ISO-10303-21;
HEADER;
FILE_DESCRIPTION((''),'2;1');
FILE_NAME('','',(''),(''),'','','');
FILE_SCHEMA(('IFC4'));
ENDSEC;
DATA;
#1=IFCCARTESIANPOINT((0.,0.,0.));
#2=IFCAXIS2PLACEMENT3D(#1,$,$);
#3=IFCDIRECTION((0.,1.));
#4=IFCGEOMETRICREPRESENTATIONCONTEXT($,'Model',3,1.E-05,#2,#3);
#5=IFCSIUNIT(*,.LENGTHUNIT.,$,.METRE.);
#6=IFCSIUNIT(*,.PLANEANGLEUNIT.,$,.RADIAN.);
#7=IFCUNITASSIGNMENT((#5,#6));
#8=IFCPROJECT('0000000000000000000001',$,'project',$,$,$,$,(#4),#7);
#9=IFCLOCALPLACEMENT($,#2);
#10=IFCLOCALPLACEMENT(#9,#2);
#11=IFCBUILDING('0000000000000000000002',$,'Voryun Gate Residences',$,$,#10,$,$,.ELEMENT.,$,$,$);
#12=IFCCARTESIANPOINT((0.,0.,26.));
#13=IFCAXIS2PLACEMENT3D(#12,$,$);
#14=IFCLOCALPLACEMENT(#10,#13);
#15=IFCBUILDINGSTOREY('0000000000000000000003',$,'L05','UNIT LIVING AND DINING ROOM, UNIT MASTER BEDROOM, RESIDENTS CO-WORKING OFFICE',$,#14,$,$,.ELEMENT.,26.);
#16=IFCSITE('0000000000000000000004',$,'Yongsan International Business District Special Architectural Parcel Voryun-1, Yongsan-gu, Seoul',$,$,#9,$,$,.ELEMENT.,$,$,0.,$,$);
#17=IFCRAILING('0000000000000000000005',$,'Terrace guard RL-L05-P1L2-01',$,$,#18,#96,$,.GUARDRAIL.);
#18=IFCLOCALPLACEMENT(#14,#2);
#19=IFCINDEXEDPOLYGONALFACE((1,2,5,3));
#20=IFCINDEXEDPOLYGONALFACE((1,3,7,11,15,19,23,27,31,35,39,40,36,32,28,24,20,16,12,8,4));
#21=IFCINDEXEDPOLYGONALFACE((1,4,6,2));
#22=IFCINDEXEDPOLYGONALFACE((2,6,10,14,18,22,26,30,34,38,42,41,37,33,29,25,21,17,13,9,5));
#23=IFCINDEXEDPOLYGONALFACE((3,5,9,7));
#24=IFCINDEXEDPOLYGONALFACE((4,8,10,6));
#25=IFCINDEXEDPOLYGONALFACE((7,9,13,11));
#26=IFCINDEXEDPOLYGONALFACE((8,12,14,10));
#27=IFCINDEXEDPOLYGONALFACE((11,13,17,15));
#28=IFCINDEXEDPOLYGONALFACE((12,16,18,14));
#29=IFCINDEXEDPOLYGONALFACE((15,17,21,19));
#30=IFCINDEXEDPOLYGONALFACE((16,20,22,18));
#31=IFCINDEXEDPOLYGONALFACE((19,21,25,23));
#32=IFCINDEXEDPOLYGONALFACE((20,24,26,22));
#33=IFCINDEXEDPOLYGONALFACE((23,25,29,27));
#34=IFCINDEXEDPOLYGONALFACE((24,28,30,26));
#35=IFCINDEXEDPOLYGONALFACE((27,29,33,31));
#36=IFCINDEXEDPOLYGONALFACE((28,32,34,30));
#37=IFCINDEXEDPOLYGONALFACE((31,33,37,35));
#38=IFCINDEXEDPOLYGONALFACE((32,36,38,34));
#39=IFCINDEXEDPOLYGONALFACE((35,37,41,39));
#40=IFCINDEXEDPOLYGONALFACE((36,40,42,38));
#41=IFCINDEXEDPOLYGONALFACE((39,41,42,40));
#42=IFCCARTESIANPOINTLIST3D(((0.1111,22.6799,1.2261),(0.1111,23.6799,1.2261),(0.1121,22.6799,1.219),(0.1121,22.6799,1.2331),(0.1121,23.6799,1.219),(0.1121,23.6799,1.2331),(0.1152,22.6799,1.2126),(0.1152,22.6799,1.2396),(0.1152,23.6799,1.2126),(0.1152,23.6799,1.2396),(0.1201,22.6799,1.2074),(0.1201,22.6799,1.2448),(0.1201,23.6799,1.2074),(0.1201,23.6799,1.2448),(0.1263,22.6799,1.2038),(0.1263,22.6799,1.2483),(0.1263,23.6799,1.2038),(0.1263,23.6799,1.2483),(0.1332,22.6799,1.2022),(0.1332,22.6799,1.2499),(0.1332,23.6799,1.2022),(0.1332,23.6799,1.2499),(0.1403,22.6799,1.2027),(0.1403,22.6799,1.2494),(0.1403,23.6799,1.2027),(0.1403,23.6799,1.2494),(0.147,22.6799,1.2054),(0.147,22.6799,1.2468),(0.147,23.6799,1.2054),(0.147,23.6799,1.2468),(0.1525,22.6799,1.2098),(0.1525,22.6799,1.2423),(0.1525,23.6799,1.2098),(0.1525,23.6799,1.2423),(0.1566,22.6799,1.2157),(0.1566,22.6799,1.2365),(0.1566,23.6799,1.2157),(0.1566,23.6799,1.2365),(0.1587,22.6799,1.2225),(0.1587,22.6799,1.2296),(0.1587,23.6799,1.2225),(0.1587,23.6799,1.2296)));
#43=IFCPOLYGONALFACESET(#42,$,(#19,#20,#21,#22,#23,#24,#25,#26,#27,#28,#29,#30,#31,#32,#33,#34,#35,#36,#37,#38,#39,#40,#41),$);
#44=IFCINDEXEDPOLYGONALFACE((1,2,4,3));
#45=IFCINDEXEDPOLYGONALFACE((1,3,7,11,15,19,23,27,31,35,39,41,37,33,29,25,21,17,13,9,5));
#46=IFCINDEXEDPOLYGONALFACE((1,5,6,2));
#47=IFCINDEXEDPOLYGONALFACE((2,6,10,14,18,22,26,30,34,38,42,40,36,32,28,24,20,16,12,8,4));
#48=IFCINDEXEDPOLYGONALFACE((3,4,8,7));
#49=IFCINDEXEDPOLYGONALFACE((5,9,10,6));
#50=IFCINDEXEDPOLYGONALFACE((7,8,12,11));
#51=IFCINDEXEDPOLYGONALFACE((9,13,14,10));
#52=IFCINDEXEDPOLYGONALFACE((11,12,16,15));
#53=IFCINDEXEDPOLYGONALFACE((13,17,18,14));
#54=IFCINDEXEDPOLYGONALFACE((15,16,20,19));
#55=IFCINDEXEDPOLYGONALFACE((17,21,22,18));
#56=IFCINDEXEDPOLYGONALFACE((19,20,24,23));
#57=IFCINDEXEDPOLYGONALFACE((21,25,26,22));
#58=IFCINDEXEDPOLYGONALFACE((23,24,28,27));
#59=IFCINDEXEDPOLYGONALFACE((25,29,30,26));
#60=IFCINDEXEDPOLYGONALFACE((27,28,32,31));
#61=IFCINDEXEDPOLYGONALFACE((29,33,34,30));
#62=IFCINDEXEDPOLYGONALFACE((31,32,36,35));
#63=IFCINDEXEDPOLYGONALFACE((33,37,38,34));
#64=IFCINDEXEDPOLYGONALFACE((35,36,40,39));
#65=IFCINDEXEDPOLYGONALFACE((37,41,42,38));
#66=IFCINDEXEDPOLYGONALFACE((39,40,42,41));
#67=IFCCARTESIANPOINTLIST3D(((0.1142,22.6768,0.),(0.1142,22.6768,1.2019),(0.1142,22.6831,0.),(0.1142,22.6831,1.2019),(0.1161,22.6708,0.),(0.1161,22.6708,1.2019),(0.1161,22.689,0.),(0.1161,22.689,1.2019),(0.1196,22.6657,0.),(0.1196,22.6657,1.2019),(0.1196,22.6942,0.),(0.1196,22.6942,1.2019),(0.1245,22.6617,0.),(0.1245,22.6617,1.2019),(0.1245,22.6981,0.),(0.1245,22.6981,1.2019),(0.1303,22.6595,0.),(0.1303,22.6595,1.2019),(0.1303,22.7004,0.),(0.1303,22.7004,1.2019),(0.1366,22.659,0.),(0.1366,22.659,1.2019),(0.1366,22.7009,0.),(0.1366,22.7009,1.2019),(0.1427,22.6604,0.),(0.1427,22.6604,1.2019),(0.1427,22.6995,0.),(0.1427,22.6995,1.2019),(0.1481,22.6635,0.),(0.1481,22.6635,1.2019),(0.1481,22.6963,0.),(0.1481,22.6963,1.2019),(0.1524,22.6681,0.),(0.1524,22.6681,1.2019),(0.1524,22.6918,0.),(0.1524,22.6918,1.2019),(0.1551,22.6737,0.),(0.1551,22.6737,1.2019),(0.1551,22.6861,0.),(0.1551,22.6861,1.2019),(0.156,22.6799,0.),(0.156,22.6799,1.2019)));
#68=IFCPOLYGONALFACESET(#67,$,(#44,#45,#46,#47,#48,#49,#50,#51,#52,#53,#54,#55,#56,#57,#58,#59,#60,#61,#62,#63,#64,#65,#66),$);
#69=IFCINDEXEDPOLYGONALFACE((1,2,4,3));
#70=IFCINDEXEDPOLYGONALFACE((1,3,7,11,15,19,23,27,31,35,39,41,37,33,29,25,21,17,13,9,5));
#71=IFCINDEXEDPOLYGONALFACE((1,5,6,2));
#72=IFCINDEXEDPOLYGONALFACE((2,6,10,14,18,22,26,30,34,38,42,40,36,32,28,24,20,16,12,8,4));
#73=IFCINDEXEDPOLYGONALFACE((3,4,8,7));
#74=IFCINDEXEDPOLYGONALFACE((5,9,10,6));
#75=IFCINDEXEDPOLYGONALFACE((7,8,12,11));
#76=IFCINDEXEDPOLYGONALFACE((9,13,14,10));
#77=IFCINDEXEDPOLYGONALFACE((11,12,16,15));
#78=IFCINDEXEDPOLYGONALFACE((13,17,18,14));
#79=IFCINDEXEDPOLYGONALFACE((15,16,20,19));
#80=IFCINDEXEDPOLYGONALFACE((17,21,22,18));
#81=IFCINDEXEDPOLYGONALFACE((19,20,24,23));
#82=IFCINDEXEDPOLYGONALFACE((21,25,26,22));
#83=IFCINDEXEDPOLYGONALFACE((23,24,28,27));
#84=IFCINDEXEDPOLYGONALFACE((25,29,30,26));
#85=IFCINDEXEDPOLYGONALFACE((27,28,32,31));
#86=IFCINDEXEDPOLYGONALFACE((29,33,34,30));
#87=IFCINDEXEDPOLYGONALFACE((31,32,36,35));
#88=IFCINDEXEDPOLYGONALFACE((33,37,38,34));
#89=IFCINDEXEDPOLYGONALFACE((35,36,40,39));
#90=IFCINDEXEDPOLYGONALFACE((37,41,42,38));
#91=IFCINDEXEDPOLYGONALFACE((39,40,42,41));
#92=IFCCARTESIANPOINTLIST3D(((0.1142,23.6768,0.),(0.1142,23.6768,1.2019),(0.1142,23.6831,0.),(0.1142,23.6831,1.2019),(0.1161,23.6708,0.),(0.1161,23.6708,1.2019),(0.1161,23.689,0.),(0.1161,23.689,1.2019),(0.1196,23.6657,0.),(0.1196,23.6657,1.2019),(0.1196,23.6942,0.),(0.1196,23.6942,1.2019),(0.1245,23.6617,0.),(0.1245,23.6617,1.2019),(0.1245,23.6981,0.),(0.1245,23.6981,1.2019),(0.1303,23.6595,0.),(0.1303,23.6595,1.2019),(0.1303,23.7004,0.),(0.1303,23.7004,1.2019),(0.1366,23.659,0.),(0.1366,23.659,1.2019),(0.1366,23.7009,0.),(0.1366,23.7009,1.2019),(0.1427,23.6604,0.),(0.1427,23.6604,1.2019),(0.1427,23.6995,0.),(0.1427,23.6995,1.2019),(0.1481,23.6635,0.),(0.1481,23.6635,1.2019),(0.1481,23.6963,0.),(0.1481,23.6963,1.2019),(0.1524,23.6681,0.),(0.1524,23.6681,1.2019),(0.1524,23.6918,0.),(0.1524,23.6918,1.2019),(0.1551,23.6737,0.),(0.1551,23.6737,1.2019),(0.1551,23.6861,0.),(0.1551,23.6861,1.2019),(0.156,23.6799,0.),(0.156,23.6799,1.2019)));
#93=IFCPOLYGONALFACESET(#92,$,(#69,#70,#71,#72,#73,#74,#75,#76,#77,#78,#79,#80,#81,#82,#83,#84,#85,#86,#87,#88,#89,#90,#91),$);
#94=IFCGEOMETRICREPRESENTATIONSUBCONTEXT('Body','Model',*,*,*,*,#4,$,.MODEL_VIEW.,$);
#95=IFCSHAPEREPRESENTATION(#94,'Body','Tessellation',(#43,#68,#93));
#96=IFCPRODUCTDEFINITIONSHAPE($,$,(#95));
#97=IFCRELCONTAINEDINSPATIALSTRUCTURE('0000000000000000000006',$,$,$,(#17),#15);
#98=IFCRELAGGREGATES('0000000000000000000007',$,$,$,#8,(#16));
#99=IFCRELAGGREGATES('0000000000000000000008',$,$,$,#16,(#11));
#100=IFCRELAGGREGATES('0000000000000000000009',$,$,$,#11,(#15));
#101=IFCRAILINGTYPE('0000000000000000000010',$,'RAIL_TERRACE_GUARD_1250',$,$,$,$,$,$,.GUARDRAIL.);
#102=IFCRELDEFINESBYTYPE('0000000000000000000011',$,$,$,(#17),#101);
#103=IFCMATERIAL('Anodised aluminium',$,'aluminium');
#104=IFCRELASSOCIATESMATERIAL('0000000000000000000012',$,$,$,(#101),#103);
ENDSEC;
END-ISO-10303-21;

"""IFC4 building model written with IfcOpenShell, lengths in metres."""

from ifc_helpers import new_model, si_unit, direction, frame, origin, origin_2d, place, context, subcontext, project, spatial, circle, extrude, material, type_object, element, save


model = new_model("IFC4")

# Units and contexts
model_context = context("Model", 3, precision=1e-05, world=origin(), true_north=direction((0.0, 1.0)))
body_context = subcontext(model_context, "Body", "Model", "MODEL_VIEW")
ifc_project = project(units=[si_unit("LENGTHUNIT", "METRE"), si_unit("PLANEANGLEUNIT", "RADIAN")], contexts=[model_context])

# Site, building, storey
site_placement = place(None, origin())
site = spatial("IfcSite", under=ifc_project, at=site_placement, Name="Yongsan International Business District Special Architectural Parcel Voryun-1, Yongsan-gu, Seoul", CompositionType="ELEMENT", RefElevation=0.0)
building_placement = place(site_placement, origin())
building = spatial("IfcBuilding", under=site, at=building_placement, Name="Voryun Gate Residences", CompositionType="ELEMENT")
storey_placement = place(building_placement, frame((0.0, 0.0, 26.0)))
storey = spatial("IfcBuildingStorey", under=building, at=storey_placement, Name="L05", Description="UNIT LIVING AND DINING ROOM, UNIT MASTER BEDROOM, RESIDENTS CO-WORKING OFFICE", CompositionType="ELEMENT", Elevation=26.0)

# Railing
ifc_material_1 = material(Name="Anodised aluminium", Category="aluminium")
railing_type = type_object("IfcRailingType", Name="RAIL_TERRACE_GUARD_1250", PredefinedType="GUARDRAIL", material=ifc_material_1)
railing_1_placement = place(storey_placement, frame((0.135, 22.6799, 0.0)))
element("IfcRailing", 1, at=railing_1_placement, inside=storey, type_object=railing_type, Name="Terrace guard RL-L05-P1L2-01", PredefinedType="GUARDRAIL", context=body_context, shape_type="SweptSolid", body=[
    extrude(circle(Radius=0.0239, at=origin_2d()), frame((0.0, 0.0, 1.2261), z_axis=(0.0, 1.0, 0.0), x_axis=(-1.0, 0.0, 0.0)), (0.0, 0.0, 1.0), 1.0),
    extrude(circle(Radius=0.021, at=origin_2d()), origin(), (0.0, 0.0, 1.0), 1.2019),
    extrude(circle(Radius=0.021, at=origin_2d()), frame((0.0, 1.0, 0.0)), (0.0, 0.0, 1.0), 1.2019),
])

save(model, "model.ifc")
